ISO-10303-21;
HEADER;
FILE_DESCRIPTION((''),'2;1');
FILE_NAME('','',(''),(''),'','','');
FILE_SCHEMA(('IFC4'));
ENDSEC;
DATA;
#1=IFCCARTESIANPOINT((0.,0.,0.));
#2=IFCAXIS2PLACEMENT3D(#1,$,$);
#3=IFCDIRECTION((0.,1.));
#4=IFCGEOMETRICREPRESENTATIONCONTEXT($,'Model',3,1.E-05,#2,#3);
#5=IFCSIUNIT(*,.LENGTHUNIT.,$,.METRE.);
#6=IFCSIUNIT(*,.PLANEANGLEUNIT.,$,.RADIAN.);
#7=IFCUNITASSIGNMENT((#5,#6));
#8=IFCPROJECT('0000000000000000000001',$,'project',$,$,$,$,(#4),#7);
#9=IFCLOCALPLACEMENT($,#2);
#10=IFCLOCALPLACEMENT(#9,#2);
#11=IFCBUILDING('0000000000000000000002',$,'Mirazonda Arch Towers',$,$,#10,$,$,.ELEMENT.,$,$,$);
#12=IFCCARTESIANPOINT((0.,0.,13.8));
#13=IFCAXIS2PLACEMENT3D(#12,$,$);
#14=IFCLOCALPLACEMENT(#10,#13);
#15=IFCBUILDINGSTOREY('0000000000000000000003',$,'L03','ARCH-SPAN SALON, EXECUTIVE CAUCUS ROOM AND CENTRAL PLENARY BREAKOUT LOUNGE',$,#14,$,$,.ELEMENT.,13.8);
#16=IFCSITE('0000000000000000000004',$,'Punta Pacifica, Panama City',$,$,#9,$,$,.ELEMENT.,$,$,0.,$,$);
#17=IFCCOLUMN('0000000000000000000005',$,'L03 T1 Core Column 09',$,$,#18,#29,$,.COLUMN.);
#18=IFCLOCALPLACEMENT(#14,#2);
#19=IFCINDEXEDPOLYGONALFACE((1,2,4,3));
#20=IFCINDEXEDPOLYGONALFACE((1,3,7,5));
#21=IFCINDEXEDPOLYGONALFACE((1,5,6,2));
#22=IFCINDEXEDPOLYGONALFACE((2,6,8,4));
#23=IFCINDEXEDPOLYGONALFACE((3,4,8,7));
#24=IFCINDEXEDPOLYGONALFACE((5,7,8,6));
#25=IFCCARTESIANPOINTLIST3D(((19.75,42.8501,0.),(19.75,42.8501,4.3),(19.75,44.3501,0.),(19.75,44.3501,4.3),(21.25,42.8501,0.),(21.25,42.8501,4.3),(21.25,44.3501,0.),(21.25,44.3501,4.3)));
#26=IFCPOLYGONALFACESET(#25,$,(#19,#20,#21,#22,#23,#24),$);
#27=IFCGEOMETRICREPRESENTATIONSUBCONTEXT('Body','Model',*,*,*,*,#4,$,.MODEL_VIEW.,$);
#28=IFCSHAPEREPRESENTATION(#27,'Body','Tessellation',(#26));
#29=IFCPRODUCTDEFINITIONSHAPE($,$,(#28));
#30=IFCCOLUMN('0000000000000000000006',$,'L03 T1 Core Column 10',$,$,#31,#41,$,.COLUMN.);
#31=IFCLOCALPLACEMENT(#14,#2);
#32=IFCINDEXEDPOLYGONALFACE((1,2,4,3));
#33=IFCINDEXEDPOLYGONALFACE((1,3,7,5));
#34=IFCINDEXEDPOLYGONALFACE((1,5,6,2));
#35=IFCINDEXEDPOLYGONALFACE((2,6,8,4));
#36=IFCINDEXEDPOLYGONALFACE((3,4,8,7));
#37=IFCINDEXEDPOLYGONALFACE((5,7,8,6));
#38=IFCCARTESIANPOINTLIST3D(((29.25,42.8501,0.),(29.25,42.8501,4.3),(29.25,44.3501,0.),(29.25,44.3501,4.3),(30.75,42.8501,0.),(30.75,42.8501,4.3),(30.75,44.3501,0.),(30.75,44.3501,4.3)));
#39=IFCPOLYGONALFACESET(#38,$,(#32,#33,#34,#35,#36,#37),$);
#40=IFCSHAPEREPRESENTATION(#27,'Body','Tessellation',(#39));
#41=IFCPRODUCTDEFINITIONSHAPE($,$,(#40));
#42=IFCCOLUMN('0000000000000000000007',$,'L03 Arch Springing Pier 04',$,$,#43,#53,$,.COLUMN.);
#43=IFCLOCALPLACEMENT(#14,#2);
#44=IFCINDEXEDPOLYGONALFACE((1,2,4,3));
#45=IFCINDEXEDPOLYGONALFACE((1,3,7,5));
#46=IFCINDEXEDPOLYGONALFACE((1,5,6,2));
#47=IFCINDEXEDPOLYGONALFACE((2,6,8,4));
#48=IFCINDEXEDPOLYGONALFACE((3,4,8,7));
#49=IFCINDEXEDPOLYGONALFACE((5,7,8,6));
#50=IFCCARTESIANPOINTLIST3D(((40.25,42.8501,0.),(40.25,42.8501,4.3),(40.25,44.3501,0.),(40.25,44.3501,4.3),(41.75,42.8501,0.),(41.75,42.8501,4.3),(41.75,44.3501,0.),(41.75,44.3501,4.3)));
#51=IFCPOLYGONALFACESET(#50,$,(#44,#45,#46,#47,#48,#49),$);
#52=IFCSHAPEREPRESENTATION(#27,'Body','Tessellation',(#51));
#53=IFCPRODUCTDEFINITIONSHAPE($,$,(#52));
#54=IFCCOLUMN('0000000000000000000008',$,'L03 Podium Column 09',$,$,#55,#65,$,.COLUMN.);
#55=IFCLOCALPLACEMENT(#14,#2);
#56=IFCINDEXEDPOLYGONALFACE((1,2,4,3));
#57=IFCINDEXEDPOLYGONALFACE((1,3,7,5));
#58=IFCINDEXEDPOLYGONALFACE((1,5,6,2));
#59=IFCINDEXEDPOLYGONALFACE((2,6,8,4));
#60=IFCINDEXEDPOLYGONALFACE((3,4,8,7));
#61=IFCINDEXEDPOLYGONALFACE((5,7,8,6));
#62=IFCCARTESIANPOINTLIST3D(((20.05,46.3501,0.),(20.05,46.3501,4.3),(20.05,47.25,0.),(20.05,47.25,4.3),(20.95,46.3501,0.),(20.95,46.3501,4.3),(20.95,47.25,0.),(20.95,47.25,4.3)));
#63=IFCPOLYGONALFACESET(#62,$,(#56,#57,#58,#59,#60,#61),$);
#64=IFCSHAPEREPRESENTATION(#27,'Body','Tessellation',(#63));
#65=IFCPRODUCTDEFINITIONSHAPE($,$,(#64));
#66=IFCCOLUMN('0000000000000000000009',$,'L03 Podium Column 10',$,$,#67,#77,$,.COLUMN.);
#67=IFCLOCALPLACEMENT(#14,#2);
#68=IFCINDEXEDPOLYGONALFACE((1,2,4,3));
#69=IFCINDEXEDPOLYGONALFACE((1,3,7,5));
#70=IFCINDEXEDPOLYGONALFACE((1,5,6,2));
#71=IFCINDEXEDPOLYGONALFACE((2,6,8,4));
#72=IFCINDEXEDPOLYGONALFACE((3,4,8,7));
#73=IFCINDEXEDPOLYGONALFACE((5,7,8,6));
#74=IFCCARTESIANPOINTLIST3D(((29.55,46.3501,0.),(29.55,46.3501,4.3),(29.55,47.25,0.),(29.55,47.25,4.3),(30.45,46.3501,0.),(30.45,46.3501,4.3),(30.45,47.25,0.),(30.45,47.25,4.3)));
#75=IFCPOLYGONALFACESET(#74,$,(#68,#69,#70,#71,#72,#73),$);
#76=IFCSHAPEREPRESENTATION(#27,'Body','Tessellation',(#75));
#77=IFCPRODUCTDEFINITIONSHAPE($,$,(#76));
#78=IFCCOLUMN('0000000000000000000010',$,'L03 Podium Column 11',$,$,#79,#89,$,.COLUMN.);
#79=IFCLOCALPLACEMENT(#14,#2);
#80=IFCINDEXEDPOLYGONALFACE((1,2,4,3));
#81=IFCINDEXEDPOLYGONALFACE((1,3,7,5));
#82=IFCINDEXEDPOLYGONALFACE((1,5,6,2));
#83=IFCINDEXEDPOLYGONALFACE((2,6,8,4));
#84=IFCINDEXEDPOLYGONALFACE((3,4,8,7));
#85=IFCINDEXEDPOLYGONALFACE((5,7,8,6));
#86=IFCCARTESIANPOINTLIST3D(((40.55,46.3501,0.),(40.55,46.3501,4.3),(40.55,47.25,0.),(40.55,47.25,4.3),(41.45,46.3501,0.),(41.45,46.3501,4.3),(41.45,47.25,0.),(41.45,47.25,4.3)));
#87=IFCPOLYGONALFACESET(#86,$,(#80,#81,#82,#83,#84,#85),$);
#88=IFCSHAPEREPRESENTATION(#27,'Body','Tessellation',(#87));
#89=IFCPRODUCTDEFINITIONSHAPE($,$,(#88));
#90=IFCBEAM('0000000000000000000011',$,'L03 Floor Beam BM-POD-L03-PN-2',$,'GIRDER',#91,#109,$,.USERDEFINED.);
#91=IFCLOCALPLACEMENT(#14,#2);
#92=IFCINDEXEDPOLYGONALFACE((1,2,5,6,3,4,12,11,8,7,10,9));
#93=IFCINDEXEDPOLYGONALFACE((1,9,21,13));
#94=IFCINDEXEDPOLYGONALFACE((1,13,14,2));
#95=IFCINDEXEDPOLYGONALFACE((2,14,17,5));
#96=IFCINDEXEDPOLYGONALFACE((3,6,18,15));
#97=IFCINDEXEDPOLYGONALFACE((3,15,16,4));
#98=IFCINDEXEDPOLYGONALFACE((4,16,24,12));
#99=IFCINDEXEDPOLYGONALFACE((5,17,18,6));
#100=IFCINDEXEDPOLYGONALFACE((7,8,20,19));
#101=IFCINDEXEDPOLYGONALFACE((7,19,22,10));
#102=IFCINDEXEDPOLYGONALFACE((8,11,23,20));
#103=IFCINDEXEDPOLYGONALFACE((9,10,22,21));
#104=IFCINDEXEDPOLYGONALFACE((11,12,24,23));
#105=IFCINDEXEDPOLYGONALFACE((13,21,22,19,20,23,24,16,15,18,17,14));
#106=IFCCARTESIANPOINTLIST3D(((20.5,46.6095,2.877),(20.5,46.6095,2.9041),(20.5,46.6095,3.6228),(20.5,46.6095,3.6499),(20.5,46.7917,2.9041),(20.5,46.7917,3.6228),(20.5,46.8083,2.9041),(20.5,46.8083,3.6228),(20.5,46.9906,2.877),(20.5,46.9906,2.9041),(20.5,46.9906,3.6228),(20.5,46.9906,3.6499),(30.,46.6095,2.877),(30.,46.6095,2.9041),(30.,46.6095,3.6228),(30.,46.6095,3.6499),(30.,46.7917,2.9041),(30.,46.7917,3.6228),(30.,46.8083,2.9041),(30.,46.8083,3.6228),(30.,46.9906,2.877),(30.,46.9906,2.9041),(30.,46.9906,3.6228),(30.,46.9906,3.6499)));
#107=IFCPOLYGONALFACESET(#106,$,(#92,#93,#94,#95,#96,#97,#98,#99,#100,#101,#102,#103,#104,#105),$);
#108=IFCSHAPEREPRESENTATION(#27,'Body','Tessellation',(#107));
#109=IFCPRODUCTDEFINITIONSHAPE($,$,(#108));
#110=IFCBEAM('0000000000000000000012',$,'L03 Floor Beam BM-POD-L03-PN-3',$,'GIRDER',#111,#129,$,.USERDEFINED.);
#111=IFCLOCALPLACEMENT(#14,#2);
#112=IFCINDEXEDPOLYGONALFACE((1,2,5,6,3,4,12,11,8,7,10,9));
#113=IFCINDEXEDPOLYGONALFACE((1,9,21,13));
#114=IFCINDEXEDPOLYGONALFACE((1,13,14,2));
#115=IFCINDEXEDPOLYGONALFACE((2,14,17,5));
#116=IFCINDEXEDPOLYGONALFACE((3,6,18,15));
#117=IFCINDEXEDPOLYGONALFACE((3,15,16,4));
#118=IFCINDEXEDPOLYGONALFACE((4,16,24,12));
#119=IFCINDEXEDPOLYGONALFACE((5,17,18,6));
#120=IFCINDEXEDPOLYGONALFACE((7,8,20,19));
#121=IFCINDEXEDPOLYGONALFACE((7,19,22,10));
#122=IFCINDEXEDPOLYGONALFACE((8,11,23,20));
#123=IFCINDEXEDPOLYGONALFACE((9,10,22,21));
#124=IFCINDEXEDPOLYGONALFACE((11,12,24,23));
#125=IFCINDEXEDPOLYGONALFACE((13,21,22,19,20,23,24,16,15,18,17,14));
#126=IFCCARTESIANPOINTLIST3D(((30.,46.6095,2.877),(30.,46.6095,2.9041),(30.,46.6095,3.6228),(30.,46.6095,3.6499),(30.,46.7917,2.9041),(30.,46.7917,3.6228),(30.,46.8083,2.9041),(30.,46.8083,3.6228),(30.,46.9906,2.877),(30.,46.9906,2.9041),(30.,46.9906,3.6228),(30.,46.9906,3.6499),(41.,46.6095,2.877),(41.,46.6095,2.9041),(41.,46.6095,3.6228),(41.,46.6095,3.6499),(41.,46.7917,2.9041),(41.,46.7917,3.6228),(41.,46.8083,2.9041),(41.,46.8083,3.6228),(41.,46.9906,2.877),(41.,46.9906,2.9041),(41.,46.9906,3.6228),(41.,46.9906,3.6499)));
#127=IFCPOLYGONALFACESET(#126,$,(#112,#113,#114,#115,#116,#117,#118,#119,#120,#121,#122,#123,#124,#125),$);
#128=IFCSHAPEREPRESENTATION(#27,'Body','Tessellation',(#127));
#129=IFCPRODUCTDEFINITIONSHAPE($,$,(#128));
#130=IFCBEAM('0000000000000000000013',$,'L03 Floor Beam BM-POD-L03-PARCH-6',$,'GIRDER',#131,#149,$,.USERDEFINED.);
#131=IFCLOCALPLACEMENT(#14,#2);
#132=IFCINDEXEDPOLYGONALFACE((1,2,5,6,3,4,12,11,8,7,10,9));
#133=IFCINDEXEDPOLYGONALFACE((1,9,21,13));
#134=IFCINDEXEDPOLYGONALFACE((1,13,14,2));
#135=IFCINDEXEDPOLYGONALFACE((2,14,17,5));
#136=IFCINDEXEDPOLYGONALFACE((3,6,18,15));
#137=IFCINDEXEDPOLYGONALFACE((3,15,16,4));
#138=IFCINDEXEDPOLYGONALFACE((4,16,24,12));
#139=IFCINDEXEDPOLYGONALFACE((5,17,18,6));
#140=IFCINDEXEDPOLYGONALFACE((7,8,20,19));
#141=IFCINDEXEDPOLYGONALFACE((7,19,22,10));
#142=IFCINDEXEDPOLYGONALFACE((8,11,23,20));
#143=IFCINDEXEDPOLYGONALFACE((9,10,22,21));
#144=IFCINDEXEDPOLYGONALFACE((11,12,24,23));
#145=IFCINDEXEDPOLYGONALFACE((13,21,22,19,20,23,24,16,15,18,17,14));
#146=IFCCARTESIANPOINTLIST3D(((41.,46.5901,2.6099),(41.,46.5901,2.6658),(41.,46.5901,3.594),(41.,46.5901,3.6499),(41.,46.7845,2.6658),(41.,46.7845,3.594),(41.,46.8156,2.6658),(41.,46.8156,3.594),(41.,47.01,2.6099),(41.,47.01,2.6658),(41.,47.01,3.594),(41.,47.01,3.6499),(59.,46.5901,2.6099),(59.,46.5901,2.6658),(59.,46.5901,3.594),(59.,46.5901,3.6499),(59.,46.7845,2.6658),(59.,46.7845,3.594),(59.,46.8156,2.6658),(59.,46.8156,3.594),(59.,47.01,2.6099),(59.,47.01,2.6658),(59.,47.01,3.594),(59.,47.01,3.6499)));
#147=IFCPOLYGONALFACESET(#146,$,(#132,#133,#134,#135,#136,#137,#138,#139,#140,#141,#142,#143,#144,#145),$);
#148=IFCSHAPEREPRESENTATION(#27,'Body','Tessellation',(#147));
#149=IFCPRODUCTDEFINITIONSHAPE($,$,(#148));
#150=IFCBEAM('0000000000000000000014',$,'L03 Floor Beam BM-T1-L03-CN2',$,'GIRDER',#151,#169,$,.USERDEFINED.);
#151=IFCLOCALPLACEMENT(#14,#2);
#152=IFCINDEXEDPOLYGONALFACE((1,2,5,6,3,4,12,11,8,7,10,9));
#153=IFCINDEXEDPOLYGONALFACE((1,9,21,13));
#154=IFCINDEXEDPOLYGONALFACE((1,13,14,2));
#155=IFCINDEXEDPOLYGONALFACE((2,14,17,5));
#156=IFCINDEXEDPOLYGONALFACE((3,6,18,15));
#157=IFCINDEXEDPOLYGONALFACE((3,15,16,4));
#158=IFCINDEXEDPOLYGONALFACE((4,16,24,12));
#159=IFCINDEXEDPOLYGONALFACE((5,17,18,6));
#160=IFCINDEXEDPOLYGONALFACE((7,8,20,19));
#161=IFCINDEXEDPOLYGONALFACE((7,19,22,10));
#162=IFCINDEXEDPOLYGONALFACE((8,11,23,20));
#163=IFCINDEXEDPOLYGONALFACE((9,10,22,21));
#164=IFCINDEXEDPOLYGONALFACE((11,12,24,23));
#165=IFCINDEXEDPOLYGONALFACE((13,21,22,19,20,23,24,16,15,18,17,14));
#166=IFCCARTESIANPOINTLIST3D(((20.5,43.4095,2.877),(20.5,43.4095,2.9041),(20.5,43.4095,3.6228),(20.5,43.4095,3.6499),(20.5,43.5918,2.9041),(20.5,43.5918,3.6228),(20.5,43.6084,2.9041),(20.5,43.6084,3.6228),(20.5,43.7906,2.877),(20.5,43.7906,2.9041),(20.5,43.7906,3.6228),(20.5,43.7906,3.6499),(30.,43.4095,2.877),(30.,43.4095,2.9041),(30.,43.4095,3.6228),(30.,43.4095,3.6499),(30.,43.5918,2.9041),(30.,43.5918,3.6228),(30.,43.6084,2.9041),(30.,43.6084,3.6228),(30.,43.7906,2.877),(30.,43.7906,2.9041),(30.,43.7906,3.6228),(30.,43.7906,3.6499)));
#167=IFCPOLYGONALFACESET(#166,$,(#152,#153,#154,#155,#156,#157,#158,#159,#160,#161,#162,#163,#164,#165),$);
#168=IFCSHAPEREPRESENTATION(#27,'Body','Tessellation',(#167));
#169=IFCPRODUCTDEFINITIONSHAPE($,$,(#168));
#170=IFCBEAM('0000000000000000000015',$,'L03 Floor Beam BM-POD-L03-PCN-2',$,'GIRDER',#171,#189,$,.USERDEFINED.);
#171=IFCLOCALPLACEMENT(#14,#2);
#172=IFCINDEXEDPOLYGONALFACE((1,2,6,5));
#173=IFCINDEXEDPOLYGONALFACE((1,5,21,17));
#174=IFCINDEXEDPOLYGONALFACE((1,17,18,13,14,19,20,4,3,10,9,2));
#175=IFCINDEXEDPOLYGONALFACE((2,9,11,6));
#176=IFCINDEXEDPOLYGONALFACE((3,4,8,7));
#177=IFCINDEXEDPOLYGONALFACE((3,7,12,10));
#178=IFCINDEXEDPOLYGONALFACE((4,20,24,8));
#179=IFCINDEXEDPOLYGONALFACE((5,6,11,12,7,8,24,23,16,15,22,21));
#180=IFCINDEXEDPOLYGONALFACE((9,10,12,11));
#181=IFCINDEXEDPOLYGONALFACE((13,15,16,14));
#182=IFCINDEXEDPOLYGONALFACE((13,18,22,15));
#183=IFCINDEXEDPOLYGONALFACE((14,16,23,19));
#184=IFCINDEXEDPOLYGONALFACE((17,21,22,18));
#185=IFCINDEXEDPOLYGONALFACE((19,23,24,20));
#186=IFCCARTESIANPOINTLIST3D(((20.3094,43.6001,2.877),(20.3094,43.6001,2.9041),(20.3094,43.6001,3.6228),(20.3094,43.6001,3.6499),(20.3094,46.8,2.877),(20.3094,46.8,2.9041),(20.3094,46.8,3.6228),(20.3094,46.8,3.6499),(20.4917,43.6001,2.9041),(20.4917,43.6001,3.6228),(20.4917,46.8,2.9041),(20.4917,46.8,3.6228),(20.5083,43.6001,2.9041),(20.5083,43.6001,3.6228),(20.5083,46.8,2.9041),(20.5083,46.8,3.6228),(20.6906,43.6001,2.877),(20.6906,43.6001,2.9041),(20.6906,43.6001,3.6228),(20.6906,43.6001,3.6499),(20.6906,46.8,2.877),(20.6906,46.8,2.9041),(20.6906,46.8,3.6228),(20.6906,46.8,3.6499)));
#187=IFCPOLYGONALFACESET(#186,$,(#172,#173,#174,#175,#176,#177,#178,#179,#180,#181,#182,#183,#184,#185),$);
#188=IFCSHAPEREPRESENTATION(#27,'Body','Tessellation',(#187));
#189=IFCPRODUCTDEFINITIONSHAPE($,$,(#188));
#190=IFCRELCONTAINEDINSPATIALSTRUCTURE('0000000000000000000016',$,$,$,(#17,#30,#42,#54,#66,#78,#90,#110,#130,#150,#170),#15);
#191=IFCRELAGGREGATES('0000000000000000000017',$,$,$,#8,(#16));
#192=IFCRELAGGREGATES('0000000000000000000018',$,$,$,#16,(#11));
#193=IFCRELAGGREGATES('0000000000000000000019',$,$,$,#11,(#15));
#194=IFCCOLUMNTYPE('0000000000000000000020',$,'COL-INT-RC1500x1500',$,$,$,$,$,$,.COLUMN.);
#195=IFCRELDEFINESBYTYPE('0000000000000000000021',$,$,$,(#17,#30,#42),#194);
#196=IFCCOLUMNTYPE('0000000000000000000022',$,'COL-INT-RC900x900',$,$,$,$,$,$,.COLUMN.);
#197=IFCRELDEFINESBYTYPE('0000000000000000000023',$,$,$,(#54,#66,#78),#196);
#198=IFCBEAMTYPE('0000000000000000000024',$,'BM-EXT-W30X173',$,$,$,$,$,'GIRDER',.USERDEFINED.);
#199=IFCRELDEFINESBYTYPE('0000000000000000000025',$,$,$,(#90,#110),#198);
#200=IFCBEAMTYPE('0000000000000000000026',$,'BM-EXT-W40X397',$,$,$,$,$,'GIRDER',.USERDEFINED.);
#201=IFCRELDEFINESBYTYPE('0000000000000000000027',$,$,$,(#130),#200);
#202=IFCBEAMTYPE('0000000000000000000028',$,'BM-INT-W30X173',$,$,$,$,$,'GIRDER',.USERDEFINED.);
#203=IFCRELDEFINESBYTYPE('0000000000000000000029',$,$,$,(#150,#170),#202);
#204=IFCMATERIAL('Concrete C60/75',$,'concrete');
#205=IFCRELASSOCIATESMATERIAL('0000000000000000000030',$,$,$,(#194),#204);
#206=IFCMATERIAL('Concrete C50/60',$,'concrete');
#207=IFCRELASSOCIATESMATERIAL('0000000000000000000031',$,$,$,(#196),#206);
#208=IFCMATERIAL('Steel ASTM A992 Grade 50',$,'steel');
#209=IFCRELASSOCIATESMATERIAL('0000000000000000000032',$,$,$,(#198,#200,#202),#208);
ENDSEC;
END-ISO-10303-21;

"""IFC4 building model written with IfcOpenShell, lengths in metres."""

from ifc_helpers import new_model, si_unit, direction, frame, origin, origin_2d, place, context, subcontext, project, spatial, rectangle, i_section, extrude, material, material_profile, profile_set, type_object, element, save


model = new_model("IFC4")

# Units and contexts
model_context = context("Model", 3, precision=1e-05, world=origin(), true_north=direction((0.0, 1.0)))
body_context = subcontext(model_context, "Body", "Model", "MODEL_VIEW")
ifc_project = project(units=[si_unit("LENGTHUNIT", "METRE"), si_unit("PLANEANGLEUNIT", "RADIAN")], contexts=[model_context])

# Site, building, storey
site_placement = place(None, origin())
site = spatial("IfcSite", under=ifc_project, at=site_placement, Name="Punta Pacifica, Panama City", CompositionType="ELEMENT", RefElevation=0.0)
building_placement = place(site_placement, origin())
building = spatial("IfcBuilding", under=site, at=building_placement, Name="Mirazonda Arch Towers", CompositionType="ELEMENT")
storey_placement = place(building_placement, frame((0.0, 0.0, 13.8)))
storey = spatial("IfcBuildingStorey", under=building, at=storey_placement, Name="L03", Description="ARCH-SPAN SALON, EXECUTIVE CAUCUS ROOM AND CENTRAL PLENARY BREAKOUT LOUNGE", CompositionType="ELEMENT", Elevation=13.8)

# Columns
ifc_material_1 = material(Name="Concrete C60/75", Category="concrete")
ifc_material_profile_1 = material_profile(ifc_material_1, rectangle(XDim=1.5, YDim=1.5, at=origin_2d()), Name="RC1500x1500")
ifc_profile_set_1 = profile_set([ifc_material_profile_1], Name="Concrete C60/75")
column_type_1 = type_object("IfcColumnType", Name="COL-INT-RC1500x1500", PredefinedType="COLUMN", material=ifc_profile_set_1)
for number, where, z_axis, x_axis, name in (
    (1, (20.5, 43.6001, 0.0), (0.0, 0.0, 1.0), (1.0, 0.0, 0.0), "L03 T1 Core Column 09"),
    (2, (30.0, 43.6001, 0.0), (0.0, 0.0, 1.0), (1.0, 0.0, 0.0), "L03 T1 Core Column 10"),
    (3, (41.0, 43.6001, 0.0), (0.0, 0.0, 1.0), (1.0, 0.0, 0.0), "L03 Arch Springing Pier 04"),
):
    element("IfcColumn", number, at=place(storey_placement, frame(where, z_axis=z_axis, x_axis=x_axis)), inside=storey, type_object=column_type_1, Name=name, PredefinedType="COLUMN", context=body_context, shape_type="SweptSolid", body=[
        extrude(rectangle(XDim=1.5, YDim=1.5, at=origin_2d()), origin(), (0.0, 0.0, 1.0), 4.3),
    ])
ifc_material_2 = material(Name="Concrete C50/60", Category="concrete")
ifc_material_profile_2 = material_profile(ifc_material_2, rectangle(XDim=0.8999, YDim=0.8999, at=origin_2d()), Name="RC900x900")
ifc_profile_set_2 = profile_set([ifc_material_profile_2], Name="Concrete C50/60")
column_type_2 = type_object("IfcColumnType", Name="COL-INT-RC900x900", PredefinedType="COLUMN", material=ifc_profile_set_2)
for number, where, z_axis, x_axis, name in (
    (4, (20.5, 46.8, 0.0), (0.0, 0.0, 1.0), (1.0, 0.0, 0.0), "L03 Podium Column 09"),
    (5, (30.0, 46.8, 0.0), (0.0, 0.0, 1.0), (1.0, 0.0, 0.0), "L03 Podium Column 10"),
    (6, (41.0, 46.8, 0.0), (0.0, 0.0, 1.0), (1.0, 0.0, 0.0), "L03 Podium Column 11"),
):
    element("IfcColumn", number, at=place(storey_placement, frame(where, z_axis=z_axis, x_axis=x_axis)), inside=storey, type_object=column_type_2, Name=name, PredefinedType="COLUMN", context=body_context, shape_type="SweptSolid", body=[
        extrude(rectangle(XDim=0.8999, YDim=0.8999, at=origin_2d()), origin(), (0.0, 0.0, 1.0), 4.3),
    ])

# Beams
ifc_material_3 = material(Name="Steel ASTM A992 Grade 50", Category="steel")
ifc_material_profile_3 = material_profile(ifc_material_3, i_section(OverallWidth=0.3811, OverallDepth=0.7729, WebThickness=0.0166, FlangeThickness=0.0271, at=origin_2d()), Name="W30X173")
ifc_profile_set_3 = profile_set([ifc_material_profile_3], Name="Steel ASTM A992 Grade 50")
beam_type_1 = type_object("IfcBeamType", Name="BM-EXT-W30X173", ElementType="GIRDER", PredefinedType="USERDEFINED", material=ifc_profile_set_3)
beam_1_placement = place(storey_placement, frame((20.5, 46.8, 3.2634), z_axis=(1.0, 0.0, 0.0), x_axis=(0.0, 1.0, 0.0)))
element("IfcBeam", 7, at=beam_1_placement, inside=storey, type_object=beam_type_1, Name="L03 Floor Beam BM-POD-L03-PN-2", ObjectType="GIRDER", PredefinedType="USERDEFINED", context=body_context, shape_type="SweptSolid", body=[
    extrude(i_section(OverallWidth=0.3811, OverallDepth=0.7729, WebThickness=0.0166, FlangeThickness=0.0271, at=origin_2d()), origin(), (0.0, 0.0, 1.0), 9.5),
])
beam_2_placement = place(storey_placement, frame((30.0, 46.8, 3.2634), z_axis=(1.0, 0.0, 0.0), x_axis=(0.0, 1.0, 0.0)))
element("IfcBeam", 8, at=beam_2_placement, inside=storey, type_object=beam_type_1, Name="L03 Floor Beam BM-POD-L03-PN-3", ObjectType="GIRDER", PredefinedType="USERDEFINED", context=body_context, shape_type="SweptSolid", body=[
    extrude(i_section(OverallWidth=0.3811, OverallDepth=0.7729, WebThickness=0.0166, FlangeThickness=0.0271, at=origin_2d()), origin(), (0.0, 0.0, 1.0), 11.0),
])
ifc_material_profile_4 = material_profile(ifc_material_3, i_section(OverallWidth=0.4199, OverallDepth=1.04, WebThickness=0.031, FlangeThickness=0.0559, at=origin_2d()), Name="W40X397")
ifc_profile_set_4 = profile_set([ifc_material_profile_4], Name="Steel ASTM A992 Grade 50")
beam_type_2 = type_object("IfcBeamType", Name="BM-EXT-W40X397", ElementType="GIRDER", PredefinedType="USERDEFINED", material=ifc_profile_set_4)
beam_3_placement = place(storey_placement, frame((41.0, 46.8, 3.1299), z_axis=(1.0, 0.0, 0.0), x_axis=(0.0, 1.0, 0.0)))
element("IfcBeam", 9, at=beam_3_placement, inside=storey, type_object=beam_type_2, Name="L03 Floor Beam BM-POD-L03-PARCH-6", ObjectType="GIRDER", PredefinedType="USERDEFINED", context=body_context, shape_type="SweptSolid", body=[
    extrude(i_section(OverallWidth=0.4199, OverallDepth=1.04, WebThickness=0.031, FlangeThickness=0.0559, at=origin_2d()), origin(), (0.0, 0.0, 1.0), 18.0),
])
ifc_material_profile_5 = material_profile(ifc_material_3, i_section(OverallWidth=0.3811, OverallDepth=0.7729, WebThickness=0.0166, FlangeThickness=0.0271, at=origin_2d()), Name="W30X173")
ifc_profile_set_5 = profile_set([ifc_material_profile_5], Name="Steel ASTM A992 Grade 50")
beam_type_3 = type_object("IfcBeamType", Name="BM-INT-W30X173", ElementType="GIRDER", PredefinedType="USERDEFINED", material=ifc_profile_set_5)
beam_4_placement = place(storey_placement, frame((20.5, 43.6001, 3.2634), z_axis=(1.0, 0.0, 0.0), x_axis=(0.0, 1.0, 0.0)))
element("IfcBeam", 10, at=beam_4_placement, inside=storey, type_object=beam_type_3, Name="L03 Floor Beam BM-T1-L03-CN2", ObjectType="GIRDER", PredefinedType="USERDEFINED", context=body_context, shape_type="SweptSolid", body=[
    extrude(i_section(OverallWidth=0.3811, OverallDepth=0.7729, WebThickness=0.0166, FlangeThickness=0.0271, at=origin_2d()), origin(), (0.0, 0.0, 1.0), 9.5),
])
for number, where, z_axis, x_axis, name in (
    (11, (20.5, 43.6001, 3.2634), (0.0, 1.0, 0.0), (-1.0, 0.0, 0.0), "L03 Floor Beam BM-POD-L03-PCN-2"),
):
    element("IfcBeam", number, at=place(storey_placement, frame(where, z_axis=z_axis, x_axis=x_axis)), inside=storey, type_object=beam_type_3, Name=name, ObjectType="GIRDER", PredefinedType="USERDEFINED", context=body_context, shape_type="SweptSolid", body=[
        extrude(i_section(OverallWidth=0.3811, OverallDepth=0.7729, WebThickness=0.0166, FlangeThickness=0.0271, at=origin_2d()), origin(), (0.0, 0.0, 1.0), 3.2),
    ])

save(model, "model.ifc")
